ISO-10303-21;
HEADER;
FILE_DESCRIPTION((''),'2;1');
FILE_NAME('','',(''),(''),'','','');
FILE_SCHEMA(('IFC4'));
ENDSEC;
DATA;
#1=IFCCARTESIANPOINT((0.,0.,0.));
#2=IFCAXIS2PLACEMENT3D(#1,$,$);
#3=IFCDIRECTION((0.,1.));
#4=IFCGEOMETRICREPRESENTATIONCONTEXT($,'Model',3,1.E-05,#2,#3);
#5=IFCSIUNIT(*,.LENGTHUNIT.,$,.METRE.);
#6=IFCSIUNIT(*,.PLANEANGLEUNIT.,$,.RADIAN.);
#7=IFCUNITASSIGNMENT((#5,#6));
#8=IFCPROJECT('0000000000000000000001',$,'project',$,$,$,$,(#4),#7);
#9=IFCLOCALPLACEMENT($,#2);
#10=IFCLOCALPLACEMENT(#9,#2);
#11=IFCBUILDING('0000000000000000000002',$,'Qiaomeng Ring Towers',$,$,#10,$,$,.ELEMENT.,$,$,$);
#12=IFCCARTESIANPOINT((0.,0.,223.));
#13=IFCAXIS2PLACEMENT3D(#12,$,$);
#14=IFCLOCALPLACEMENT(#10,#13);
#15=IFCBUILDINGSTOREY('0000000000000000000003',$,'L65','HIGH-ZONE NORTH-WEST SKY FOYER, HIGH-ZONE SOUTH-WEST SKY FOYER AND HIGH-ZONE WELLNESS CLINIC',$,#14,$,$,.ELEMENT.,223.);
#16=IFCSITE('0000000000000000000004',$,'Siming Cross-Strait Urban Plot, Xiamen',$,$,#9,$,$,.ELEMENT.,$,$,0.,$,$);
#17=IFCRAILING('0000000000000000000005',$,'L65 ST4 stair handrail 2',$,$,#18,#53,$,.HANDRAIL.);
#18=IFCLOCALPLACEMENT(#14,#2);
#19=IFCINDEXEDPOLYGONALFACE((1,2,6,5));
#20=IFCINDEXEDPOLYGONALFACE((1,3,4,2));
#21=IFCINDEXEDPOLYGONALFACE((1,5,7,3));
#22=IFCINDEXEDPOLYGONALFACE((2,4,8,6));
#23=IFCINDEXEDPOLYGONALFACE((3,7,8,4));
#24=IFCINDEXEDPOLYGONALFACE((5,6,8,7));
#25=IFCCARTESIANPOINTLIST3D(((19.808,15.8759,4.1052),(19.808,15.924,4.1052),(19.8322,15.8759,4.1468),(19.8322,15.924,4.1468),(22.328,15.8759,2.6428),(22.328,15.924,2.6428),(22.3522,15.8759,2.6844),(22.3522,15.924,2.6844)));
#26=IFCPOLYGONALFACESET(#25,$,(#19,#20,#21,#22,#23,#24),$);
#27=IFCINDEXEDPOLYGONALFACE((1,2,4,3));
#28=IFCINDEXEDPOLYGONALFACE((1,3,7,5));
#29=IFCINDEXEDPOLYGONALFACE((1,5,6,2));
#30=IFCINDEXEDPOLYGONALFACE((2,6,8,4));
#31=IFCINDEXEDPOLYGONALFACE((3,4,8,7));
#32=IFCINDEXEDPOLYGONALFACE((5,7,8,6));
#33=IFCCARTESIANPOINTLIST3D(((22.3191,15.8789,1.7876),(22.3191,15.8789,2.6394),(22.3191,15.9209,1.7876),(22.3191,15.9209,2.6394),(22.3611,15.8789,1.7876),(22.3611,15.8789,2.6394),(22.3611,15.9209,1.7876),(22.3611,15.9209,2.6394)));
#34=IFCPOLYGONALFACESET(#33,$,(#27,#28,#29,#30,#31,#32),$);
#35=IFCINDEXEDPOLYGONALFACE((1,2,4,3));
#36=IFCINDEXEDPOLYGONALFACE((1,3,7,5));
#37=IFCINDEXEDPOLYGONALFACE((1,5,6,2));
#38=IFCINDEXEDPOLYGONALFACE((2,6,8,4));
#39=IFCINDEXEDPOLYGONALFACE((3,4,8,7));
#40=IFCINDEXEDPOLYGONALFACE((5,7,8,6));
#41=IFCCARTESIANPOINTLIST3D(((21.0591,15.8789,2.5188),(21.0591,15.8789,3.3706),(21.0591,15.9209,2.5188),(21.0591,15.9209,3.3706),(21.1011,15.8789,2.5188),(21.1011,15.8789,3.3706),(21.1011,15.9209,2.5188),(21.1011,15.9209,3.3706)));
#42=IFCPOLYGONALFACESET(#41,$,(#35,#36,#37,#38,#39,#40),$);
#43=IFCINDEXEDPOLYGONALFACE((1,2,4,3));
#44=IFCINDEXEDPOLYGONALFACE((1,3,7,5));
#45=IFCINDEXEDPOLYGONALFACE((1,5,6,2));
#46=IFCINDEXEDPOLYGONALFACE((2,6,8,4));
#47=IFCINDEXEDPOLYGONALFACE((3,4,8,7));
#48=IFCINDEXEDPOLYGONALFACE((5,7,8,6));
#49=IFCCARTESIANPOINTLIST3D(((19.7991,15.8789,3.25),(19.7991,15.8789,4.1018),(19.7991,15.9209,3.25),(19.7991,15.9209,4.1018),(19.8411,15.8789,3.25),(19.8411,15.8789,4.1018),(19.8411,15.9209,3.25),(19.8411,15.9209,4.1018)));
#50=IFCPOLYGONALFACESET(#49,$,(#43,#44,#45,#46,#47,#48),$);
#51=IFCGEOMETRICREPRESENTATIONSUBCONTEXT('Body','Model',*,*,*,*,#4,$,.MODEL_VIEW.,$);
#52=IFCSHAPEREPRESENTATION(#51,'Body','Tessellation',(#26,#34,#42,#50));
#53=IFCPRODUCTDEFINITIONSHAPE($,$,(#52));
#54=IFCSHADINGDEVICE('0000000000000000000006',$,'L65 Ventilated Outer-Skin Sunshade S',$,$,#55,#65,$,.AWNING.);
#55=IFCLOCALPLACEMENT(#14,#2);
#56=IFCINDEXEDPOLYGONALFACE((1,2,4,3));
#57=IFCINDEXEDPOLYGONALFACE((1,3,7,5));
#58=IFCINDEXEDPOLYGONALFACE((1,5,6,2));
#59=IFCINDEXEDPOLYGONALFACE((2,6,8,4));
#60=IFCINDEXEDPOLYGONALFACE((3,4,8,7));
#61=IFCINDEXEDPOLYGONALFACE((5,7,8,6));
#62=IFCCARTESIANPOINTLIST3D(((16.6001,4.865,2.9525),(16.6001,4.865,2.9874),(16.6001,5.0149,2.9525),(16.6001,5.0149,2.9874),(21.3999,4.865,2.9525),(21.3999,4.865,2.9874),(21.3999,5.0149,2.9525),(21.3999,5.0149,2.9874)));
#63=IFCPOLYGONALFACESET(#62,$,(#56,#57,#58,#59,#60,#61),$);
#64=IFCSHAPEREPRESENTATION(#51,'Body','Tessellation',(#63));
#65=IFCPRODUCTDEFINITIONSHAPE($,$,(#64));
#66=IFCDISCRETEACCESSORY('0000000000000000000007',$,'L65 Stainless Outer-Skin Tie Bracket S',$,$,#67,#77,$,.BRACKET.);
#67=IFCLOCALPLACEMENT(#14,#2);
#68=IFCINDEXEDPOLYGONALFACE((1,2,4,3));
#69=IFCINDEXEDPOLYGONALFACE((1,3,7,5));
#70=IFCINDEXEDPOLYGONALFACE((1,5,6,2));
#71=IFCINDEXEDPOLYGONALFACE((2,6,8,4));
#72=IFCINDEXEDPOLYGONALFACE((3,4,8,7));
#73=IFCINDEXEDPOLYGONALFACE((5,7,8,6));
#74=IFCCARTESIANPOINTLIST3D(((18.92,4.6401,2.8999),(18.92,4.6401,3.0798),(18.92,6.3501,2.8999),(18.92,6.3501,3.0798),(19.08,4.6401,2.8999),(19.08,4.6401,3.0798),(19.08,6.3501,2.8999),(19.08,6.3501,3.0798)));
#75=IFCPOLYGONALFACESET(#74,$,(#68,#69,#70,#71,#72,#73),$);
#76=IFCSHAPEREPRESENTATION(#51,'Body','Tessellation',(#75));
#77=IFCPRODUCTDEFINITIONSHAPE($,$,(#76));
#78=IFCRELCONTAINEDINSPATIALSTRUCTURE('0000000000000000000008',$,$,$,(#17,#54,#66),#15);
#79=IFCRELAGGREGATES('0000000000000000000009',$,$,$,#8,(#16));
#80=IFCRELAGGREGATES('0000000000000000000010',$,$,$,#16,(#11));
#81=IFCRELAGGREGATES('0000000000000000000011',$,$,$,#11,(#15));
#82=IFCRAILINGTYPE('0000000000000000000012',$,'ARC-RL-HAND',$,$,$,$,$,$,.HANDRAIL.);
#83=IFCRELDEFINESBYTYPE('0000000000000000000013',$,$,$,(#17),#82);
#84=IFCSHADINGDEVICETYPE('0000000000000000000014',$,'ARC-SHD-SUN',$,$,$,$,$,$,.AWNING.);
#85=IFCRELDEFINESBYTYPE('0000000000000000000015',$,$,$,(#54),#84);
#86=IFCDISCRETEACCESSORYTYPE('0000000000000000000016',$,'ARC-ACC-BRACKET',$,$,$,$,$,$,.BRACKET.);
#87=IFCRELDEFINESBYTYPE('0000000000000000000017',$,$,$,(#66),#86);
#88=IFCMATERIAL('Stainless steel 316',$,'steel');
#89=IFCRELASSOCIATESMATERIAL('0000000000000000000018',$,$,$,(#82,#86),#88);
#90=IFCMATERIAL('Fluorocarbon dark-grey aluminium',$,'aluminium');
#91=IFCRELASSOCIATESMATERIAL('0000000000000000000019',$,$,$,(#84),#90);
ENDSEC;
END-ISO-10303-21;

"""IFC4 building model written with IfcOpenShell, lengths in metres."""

from ifc_helpers import new_model, si_unit, direction, frame, origin, origin_2d, place, context, subcontext, project, spatial, rectangle, extrude, source, transform, mapped, material, material_profile, profile_set, type_object, element, save


model = new_model("IFC4")

# Units and contexts
model_context = context("Model", 3, precision=1e-05, world=origin(), true_north=direction((0.0, 1.0)))
body_context = subcontext(model_context, "Body", "Model", "MODEL_VIEW")
ifc_project = project(units=[si_unit("LENGTHUNIT", "METRE"), si_unit("PLANEANGLEUNIT", "RADIAN")], contexts=[model_context])

# Site, building, storey
site_placement = place(None, origin())
site = spatial("IfcSite", under=ifc_project, at=site_placement, Name="Siming Cross-Strait Urban Plot, Xiamen", CompositionType="ELEMENT", RefElevation=0.0)
building_placement = place(site_placement, origin())
building = spatial("IfcBuilding", under=site, at=building_placement, Name="Qiaomeng Ring Towers", CompositionType="ELEMENT")
storey_placement = place(building_placement, frame((0.0, 0.0, 223.0)))
storey = spatial("IfcBuildingStorey", under=building, at=storey_placement, Name="L65", Description="HIGH-ZONE NORTH-WEST SKY FOYER, HIGH-ZONE SOUTH-WEST SKY FOYER AND HIGH-ZONE WELLNESS CLINIC", CompositionType="ELEMENT", Elevation=223.0)

# Shared definitions
ifc_material_1 = material(Name="Fluorocarbon dark-grey aluminium", Category="aluminium")

# Railing
ifc_material_2 = material(Name="Stainless steel 316", Category="steel")
railing_type_1 = type_object("IfcRailingType", Name="ARC-RL-HAND", PredefinedType="HANDRAIL", material=ifc_material_2)
railing_1_placement = place(storey_placement, frame((22.3401, 15.8999, 1.7876)))
element("IfcRailing", 1, at=railing_1_placement, inside=storey, type_object=railing_type_1, Name="L65 ST4 stair handrail 2", PredefinedType="HANDRAIL", context=body_context, shape_type="SweptSolid", body=[
    extrude(rectangle(XDim=0.0481, YDim=0.0481, at=origin_2d()), frame((0.0, 0.0, 0.876), z_axis=(-0.864913, 0.0, 0.501921), x_axis=(0.0, -1.0, 0.0)), (0.0, 0.0, 1.0), 2.9136),
    extrude(rectangle(XDim=0.042, YDim=0.042, at=origin_2d()), origin(), (0.0, 0.0, 1.0), 0.8518),
    extrude(rectangle(XDim=0.042, YDim=0.042, at=origin_2d()), frame((-1.26, 0.0, 0.7312)), (0.0, 0.0, 1.0), 0.8518),
    extrude(rectangle(XDim=0.042, YDim=0.042, at=origin_2d()), frame((-2.52, 0.0, 1.4624)), (0.0, 0.0, 1.0), 0.8518),
])

# Shading device
ifc_material_profile_1 = material_profile(ifc_material_1, rectangle(XDim=0.1499, YDim=0.0349, at=origin_2d()), Name="LV BLADE 150x35")
ifc_profile_set_1 = profile_set([ifc_material_profile_1], Name="Fluorocarbon dark-grey aluminium")
shading_device_type = type_object("IfcShadingDeviceType", Name="ARC-SHD-SUN", PredefinedType="AWNING", material=ifc_profile_set_1)
shared_shape_1 = source(origin(), body_context, "Body", "SweptSolid", [
    extrude(rectangle(XDim=0.1499, YDim=0.0349, at=origin_2d()), origin(), (0.0, 0.0, 1.0), 4.7998),
])
shading_device_placement = place(storey_placement, frame((16.6001, 4.9399, 2.97), z_axis=(1.0, 0.0, 0.0), x_axis=(0.0, 1.0, 0.0)))
element("IfcShadingDevice", 2, at=shading_device_placement, inside=storey, type_object=shading_device_type, Name="L65 Ventilated Outer-Skin Sunshade S", PredefinedType="AWNING", context=body_context, shape_type="MappedRepresentation", body=[
    mapped(shared_shape_1, transform((0.0, 0.0, 0.0), x_axis=(1.0, 0.0, 0.0), y_axis=(0.0, 1.0, 0.0), z_axis=(0.0, 0.0, 1.0), scale=1.0)),
])

# Discrete accessory
discrete_accessory_type = type_object("IfcDiscreteAccessoryType", Name="ARC-ACC-BRACKET", PredefinedType="BRACKET", material=ifc_material_2)
shared_shape_2 = source(origin(), body_context, "Body", "SweptSolid", [
    extrude(rectangle(XDim=0.1599, YDim=1.71, at=origin_2d()), origin(), (0.0, 0.0, 1.0), 0.1799),
])
discrete_accessory_placement = place(storey_placement, frame((19.0, 5.4951, 2.8999), z_axis=(0.0, 0.0, 1.0), x_axis=(1.0, 0.0, 0.0)))
element("IfcDiscreteAccessory", 3, at=discrete_accessory_placement, inside=storey, type_object=discrete_accessory_type, Name="L65 Stainless Outer-Skin Tie Bracket S", PredefinedType="BRACKET", context=body_context, shape_type="MappedRepresentation", body=[
    mapped(shared_shape_2, transform((0.0, 0.0, 0.0), x_axis=(1.0, 0.0, 0.0), y_axis=(0.0, 1.0, 0.0), z_axis=(0.0, 0.0, 1.0), scale=1.0)),
])

save(model, "model.ifc")
